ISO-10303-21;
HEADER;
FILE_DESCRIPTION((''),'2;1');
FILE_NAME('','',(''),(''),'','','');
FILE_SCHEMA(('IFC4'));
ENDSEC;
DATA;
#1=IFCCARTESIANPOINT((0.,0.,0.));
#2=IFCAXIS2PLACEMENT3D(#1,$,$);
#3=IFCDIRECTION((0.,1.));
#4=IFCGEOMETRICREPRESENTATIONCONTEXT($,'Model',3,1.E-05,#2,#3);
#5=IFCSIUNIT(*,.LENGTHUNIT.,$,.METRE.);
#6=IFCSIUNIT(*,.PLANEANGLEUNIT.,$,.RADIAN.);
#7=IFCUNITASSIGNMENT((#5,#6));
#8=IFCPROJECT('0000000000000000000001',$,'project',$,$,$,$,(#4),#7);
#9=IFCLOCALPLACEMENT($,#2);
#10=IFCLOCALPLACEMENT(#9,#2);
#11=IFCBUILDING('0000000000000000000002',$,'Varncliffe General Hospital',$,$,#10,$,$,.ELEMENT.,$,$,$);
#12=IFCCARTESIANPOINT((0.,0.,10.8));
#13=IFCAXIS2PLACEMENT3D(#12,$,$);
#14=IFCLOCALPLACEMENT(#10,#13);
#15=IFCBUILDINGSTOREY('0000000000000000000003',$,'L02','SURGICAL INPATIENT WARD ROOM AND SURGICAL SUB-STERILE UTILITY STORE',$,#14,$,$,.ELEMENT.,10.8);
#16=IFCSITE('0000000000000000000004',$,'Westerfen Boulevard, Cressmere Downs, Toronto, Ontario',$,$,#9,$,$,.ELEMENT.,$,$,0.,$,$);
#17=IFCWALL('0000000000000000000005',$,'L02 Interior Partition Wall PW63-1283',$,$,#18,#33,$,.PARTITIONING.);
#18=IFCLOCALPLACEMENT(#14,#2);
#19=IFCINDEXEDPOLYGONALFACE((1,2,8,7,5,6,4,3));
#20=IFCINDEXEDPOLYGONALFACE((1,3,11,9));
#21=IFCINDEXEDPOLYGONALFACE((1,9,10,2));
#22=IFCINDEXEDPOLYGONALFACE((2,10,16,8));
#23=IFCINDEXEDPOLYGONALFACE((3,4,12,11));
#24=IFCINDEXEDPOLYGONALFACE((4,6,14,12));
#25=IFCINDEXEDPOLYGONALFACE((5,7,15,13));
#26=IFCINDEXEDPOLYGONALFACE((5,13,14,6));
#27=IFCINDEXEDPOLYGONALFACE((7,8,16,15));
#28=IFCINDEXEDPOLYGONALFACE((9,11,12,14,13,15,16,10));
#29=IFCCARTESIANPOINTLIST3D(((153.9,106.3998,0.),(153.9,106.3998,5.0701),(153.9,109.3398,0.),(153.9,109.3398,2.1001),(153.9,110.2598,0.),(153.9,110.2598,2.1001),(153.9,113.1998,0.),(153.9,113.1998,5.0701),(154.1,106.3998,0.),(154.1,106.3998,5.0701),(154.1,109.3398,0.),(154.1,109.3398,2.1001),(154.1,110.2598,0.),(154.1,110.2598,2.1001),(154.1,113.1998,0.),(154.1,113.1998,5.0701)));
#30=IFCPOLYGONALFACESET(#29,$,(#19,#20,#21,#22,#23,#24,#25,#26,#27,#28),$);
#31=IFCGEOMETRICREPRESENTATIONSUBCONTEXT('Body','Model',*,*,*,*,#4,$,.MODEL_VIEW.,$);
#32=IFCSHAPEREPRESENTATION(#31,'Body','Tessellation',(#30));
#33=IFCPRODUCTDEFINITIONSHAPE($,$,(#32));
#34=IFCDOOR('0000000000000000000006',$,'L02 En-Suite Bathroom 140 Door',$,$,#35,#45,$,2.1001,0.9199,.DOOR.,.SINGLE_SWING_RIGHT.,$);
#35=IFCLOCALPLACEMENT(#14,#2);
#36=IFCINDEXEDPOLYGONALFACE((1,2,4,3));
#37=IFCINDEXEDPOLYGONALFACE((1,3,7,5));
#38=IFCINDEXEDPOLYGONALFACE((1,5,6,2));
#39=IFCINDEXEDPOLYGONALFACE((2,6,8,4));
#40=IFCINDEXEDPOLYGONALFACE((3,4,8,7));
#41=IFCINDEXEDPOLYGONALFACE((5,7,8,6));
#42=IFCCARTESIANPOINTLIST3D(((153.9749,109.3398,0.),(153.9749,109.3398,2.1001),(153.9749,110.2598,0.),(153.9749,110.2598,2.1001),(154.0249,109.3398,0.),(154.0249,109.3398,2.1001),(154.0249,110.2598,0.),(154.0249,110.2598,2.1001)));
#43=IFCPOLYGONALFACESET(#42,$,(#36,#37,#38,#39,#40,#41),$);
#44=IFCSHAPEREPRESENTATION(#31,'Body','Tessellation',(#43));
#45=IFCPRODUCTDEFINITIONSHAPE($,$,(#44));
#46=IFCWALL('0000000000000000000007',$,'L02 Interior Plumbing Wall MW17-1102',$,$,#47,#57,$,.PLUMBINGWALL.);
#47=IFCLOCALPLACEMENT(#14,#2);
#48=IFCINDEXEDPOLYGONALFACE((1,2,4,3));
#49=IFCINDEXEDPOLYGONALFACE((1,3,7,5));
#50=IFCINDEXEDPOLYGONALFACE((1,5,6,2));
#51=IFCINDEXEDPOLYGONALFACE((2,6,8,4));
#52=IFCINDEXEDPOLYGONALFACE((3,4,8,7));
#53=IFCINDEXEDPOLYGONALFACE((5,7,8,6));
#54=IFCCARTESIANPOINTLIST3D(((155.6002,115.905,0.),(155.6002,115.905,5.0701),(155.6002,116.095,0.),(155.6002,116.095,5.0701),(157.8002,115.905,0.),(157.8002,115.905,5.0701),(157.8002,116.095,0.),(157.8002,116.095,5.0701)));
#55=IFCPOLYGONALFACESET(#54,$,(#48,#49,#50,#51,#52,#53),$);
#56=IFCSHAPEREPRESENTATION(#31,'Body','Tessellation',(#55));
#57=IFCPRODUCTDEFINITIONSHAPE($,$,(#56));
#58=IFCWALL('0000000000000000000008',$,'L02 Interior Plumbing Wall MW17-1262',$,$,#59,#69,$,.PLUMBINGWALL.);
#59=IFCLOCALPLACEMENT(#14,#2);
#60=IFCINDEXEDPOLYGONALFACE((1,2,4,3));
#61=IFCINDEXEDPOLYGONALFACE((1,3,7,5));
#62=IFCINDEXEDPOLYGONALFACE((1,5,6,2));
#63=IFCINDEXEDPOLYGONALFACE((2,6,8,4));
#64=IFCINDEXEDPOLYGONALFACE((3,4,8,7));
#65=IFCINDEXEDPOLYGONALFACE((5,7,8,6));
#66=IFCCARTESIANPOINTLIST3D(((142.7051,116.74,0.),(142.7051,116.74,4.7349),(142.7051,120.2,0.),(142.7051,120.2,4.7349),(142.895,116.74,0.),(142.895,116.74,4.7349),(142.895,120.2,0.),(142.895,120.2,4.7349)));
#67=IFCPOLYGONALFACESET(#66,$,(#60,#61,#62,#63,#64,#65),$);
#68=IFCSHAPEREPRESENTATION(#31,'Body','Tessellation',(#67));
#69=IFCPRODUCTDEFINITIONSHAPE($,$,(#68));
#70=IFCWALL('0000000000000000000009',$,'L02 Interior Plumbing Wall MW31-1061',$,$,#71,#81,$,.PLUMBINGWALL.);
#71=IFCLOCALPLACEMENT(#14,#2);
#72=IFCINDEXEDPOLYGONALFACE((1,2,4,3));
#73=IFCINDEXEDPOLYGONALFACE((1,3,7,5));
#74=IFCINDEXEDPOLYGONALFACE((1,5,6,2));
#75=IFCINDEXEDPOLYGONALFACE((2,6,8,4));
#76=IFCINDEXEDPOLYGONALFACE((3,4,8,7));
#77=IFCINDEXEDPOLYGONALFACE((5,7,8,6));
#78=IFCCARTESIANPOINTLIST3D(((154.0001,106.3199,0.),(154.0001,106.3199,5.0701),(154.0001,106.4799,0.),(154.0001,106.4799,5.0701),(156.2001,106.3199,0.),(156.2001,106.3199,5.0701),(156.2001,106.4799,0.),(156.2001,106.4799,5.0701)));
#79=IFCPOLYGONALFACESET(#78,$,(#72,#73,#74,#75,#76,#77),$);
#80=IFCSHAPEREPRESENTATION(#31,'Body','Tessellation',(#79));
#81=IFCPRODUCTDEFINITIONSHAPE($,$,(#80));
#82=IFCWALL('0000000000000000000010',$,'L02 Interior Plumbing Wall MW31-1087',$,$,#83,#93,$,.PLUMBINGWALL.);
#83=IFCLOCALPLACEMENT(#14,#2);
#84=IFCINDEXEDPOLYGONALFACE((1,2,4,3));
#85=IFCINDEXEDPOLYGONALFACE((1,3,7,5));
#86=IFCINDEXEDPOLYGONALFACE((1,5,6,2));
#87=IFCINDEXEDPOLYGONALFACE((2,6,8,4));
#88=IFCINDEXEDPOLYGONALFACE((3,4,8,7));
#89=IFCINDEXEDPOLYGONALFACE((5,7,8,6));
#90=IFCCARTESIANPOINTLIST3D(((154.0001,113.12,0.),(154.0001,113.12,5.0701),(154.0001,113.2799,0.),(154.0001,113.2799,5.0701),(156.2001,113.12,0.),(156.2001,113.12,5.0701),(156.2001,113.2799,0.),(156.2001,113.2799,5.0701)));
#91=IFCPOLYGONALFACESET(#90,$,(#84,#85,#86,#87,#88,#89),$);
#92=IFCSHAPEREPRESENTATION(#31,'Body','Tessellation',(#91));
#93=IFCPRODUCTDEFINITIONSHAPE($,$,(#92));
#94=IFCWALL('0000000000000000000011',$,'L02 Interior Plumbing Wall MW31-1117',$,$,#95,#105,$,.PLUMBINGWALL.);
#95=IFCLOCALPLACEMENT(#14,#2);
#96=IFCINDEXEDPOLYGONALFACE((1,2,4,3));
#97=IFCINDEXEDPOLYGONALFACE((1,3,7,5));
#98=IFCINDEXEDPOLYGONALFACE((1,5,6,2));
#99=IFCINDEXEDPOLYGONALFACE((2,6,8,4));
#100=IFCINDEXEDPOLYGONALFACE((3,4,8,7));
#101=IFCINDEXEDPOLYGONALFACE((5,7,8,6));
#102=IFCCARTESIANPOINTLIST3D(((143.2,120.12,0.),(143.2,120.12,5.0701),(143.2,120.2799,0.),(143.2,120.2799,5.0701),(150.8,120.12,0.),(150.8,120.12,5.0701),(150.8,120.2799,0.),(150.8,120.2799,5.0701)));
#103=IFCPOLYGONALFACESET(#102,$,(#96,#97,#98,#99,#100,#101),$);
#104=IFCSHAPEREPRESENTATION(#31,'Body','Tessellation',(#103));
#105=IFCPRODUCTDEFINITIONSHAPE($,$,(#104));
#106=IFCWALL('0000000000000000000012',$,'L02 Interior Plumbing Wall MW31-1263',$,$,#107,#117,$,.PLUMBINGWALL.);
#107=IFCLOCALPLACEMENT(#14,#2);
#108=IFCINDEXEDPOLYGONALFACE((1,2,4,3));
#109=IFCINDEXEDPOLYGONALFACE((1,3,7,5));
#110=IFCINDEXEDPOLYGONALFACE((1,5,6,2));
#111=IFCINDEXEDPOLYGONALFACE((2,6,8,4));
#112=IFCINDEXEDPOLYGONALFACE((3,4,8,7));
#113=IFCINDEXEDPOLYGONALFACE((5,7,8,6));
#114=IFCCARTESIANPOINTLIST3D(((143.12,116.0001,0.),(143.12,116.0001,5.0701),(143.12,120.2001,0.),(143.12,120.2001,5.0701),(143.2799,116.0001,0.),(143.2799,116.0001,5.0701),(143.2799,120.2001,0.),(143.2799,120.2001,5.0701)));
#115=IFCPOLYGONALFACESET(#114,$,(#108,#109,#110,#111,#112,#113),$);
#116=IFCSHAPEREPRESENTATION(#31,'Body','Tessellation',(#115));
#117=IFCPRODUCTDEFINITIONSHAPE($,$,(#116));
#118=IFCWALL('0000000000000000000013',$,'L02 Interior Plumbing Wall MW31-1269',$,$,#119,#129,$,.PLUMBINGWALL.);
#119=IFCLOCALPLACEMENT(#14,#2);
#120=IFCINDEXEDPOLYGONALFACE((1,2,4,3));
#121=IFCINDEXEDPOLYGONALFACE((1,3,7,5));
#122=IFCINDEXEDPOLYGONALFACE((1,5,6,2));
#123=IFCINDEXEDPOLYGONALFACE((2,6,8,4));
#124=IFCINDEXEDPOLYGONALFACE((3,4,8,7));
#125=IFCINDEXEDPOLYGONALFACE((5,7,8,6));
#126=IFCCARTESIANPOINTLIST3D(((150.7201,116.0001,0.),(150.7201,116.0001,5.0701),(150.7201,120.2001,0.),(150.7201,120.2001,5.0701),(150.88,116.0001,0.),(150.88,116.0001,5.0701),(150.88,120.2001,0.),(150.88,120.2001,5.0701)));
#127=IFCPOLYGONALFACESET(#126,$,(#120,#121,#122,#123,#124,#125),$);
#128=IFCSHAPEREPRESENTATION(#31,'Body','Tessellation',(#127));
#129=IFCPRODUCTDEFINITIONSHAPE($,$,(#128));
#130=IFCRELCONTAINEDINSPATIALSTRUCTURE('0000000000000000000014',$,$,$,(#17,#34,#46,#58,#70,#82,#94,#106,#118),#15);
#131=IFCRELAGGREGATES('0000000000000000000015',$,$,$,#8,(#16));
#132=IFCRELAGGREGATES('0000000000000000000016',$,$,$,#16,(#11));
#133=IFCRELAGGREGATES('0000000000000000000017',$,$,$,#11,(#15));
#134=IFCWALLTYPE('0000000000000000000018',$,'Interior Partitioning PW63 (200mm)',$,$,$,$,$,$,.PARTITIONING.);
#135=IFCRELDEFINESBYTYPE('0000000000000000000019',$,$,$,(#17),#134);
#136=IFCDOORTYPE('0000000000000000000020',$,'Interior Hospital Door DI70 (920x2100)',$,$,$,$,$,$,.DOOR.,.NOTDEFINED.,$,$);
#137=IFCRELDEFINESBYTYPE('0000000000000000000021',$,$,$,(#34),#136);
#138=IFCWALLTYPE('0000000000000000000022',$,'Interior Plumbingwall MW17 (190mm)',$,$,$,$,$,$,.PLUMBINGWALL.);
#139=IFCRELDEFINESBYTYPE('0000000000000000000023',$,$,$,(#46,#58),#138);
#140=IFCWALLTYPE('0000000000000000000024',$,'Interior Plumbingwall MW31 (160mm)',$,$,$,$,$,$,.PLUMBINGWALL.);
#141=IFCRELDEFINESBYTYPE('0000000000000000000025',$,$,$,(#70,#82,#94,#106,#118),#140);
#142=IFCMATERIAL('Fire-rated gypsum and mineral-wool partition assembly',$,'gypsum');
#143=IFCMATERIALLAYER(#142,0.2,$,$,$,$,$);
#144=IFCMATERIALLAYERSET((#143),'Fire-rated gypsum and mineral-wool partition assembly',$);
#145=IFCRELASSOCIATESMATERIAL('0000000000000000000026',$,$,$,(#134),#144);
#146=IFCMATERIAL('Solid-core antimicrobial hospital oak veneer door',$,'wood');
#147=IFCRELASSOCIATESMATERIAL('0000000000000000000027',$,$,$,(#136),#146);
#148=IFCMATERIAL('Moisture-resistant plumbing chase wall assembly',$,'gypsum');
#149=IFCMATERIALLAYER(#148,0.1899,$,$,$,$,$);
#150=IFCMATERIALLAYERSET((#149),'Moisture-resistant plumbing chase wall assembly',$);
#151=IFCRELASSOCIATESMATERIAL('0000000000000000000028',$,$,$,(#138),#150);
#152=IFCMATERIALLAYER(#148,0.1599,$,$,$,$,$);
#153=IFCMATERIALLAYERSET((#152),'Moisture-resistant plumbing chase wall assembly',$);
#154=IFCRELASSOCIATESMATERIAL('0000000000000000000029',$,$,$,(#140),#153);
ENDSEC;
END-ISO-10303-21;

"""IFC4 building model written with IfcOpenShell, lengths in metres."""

from ifc_helpers import new_model, si_unit, direction, frame, frame_2d, origin, place, context, subcontext, project, spatial, rectangle, extrude, material, layer, layer_set, type_object, element, fill, save


model = new_model("IFC4")

# Units and contexts
model_context = context("Model", 3, precision=1e-05, world=origin(), true_north=direction((0.0, 1.0)))
body_context = subcontext(model_context, "Body", "Model", "MODEL_VIEW")
ifc_project = project(units=[si_unit("LENGTHUNIT", "METRE"), si_unit("PLANEANGLEUNIT", "RADIAN")], contexts=[model_context])

# Site, building, storey
site_placement = place(None, origin())
site = spatial("IfcSite", under=ifc_project, at=site_placement, Name="Westerfen Boulevard, Cressmere Downs, Toronto, Ontario", CompositionType="ELEMENT", RefElevation=0.0)
building_placement = place(site_placement, origin())
building = spatial("IfcBuilding", under=site, at=building_placement, Name="Varncliffe General Hospital", CompositionType="ELEMENT")
storey_placement = place(building_placement, frame((0.0, 0.0, 10.8)))
storey = spatial("IfcBuildingStorey", under=building, at=storey_placement, Name="L02", Description="SURGICAL INPATIENT WARD ROOM AND SURGICAL SUB-STERILE UTILITY STORE", CompositionType="ELEMENT", Elevation=10.8)

# Shared definitions
ifc_material_1 = material(Name="Fire-rated gypsum and mineral-wool partition assembly", Category="gypsum")

# Wall, opening, door
ifc_layer_1 = layer(ifc_material_1, 0.2)
ifc_layer_set_1 = layer_set([ifc_layer_1], Name="Fire-rated gypsum and mineral-wool partition assembly")
wall_type_1 = type_object("IfcWallType", Name="Interior Partitioning PW63 (200mm)", PredefinedType="PARTITIONING", material=ifc_layer_set_1)
ifc_material_2 = material(Name="Solid-core antimicrobial hospital oak veneer door", Category="wood")
wall_1_placement = place(storey_placement, frame((154.0, 106.3999, 0.0), z_axis=(0.0, 0.0, 1.0), x_axis=(0.0, 1.0, 0.0)))
wall_1 = element("IfcWall", 1, at=wall_1_placement, inside=storey, type_object=wall_type_1, Name="L02 Interior Partition Wall PW63-1283", PredefinedType="PARTITIONING", context=body_context, shape_type="SweptSolid", body=[
    extrude(rectangle(XDim=6.8, YDim=0.2, at=frame_2d((3.3999, 0.0))), origin(), (0.0, 0.0, 1.0), 5.0701),
])
opening_1_placement = place(wall_1_placement, frame((2.9399, 0.0, 0.0)))
opening_1 = element("IfcOpeningElement", 2, at=opening_1_placement, cuts=wall_1, PredefinedType="OPENING", context=body_context, shape_type="SweptSolid", body=[
    extrude(rectangle(XDim=0.9199, YDim=2.1001, at=frame_2d((0.46, 1.05))), frame((0.0, 0.1099, 0.0), z_axis=(0.0, -1.0, 0.0), x_axis=(1.0, 0.0, 0.0)), (0.0, 0.0, 1.0), 0.22),
])
door_type_1 = type_object("IfcDoorType", Name="Interior Hospital Door DI70 (920x2100)", OperationType="NOTDEFINED", PredefinedType="DOOR", material=ifc_material_2)
door_1_placement = place(opening_1_placement, frame((0.9199, 0.0, 0.0), z_axis=(0.0, 0.0, 1.0), x_axis=(-1.0, 0.0, 0.0)))
door_1 = element("IfcDoor", 3, at=door_1_placement, inside=storey, type_object=door_type_1, Name="L02 En-Suite Bathroom 140 Door", OperationType="SINGLE_SWING_RIGHT", OverallHeight=2.1001, OverallWidth=0.9199, PredefinedType="DOOR", context=body_context, shape_type="SweptSolid", body=[
    extrude(rectangle(XDim=0.9199, YDim=2.1001, at=frame_2d((0.46, 1.05))), frame((0.0, 0.0249, 0.0), z_axis=(0.0, -1.0, 0.0), x_axis=(1.0, 0.0, 0.0)), (0.0, 0.0, 1.0), 0.05),
])
fill(opening_1, door_1)

# Walls
ifc_material_3 = material(Name="Moisture-resistant plumbing chase wall assembly", Category="gypsum")
ifc_layer_2 = layer(ifc_material_3, 0.1899)
ifc_layer_set_2 = layer_set([ifc_layer_2], Name="Moisture-resistant plumbing chase wall assembly")
wall_type_2 = type_object("IfcWallType", Name="Interior Plumbingwall MW17 (190mm)", PredefinedType="PLUMBINGWALL", material=ifc_layer_set_2)
wall_2_placement = place(storey_placement, frame((155.6001, 116.0, 0.0), z_axis=(0.0, 0.0, 1.0), x_axis=(1.0, 0.0, 0.0)))
element("IfcWall", 4, at=wall_2_placement, inside=storey, type_object=wall_type_2, Name="L02 Interior Plumbing Wall MW17-1102", PredefinedType="PLUMBINGWALL", context=body_context, shape_type="SweptSolid", body=[
    extrude(rectangle(XDim=2.2, YDim=0.1899, at=frame_2d((1.1001, 0.0))), origin(), (0.0, 0.0, 1.0), 5.0701),
])
wall_3_placement = place(storey_placement, frame((142.8, 116.74, 0.0), z_axis=(0.0, 0.0, 1.0), x_axis=(0.0, 1.0, 0.0)))
element("IfcWall", 5, at=wall_3_placement, inside=storey, type_object=wall_type_2, Name="L02 Interior Plumbing Wall MW17-1262", PredefinedType="PLUMBINGWALL", context=body_context, shape_type="SweptSolid", body=[
    extrude(rectangle(XDim=3.46, YDim=0.1899, at=frame_2d((1.73, 0.0))), origin(), (0.0, 0.0, 1.0), 4.7349),
])
ifc_layer_3 = layer(ifc_material_3, 0.1599)
ifc_layer_set_3 = layer_set([ifc_layer_3], Name="Moisture-resistant plumbing chase wall assembly")
wall_type_3 = type_object("IfcWallType", Name="Interior Plumbingwall MW31 (160mm)", PredefinedType="PLUMBINGWALL", material=ifc_layer_set_3)
for number, where, z_axis, x_axis, name in (
    (6, (154.0, 106.3999, 0.0), (0.0, 0.0, 1.0), (1.0, 0.0, 0.0), "L02 Interior Plumbing Wall MW31-1061"),
    (7, (154.0, 113.2, 0.0), (0.0, 0.0, 1.0), (1.0, 0.0, 0.0), "L02 Interior Plumbing Wall MW31-1087"),
):
    element("IfcWall", number, at=place(storey_placement, frame(where, z_axis=z_axis, x_axis=x_axis)), inside=storey, type_object=wall_type_3, Name=name, PredefinedType="PLUMBINGWALL", context=body_context, shape_type="SweptSolid", body=[
        extrude(rectangle(XDim=2.2, YDim=0.1599, at=frame_2d((1.1001, 0.0))), origin(), (0.0, 0.0, 1.0), 5.0701),
    ])
wall_4_placement = place(storey_placement, frame((143.2, 120.2, 0.0), z_axis=(0.0, 0.0, 1.0), x_axis=(1.0, 0.0, 0.0)))
element("IfcWall", 8, at=wall_4_placement, inside=storey, type_object=wall_type_3, Name="L02 Interior Plumbing Wall MW31-1117", PredefinedType="PLUMBINGWALL", context=body_context, shape_type="SweptSolid", body=[
    extrude(rectangle(XDim=7.6001, YDim=0.1599, at=frame_2d((3.8, 0.0))), origin(), (0.0, 0.0, 1.0), 5.0701),
])
for number, where, z_axis, x_axis, name in (
    (9, (143.2, 116.0, 0.0), (0.0, 0.0, 1.0), (0.0, 1.0, 0.0), "L02 Interior Plumbing Wall MW31-1263"),
    (10, (150.8, 116.0, 0.0), (0.0, 0.0, 1.0), (0.0, 1.0, 0.0), "L02 Interior Plumbing Wall MW31-1269"),
):
    element("IfcWall", number, at=place(storey_placement, frame(where, z_axis=z_axis, x_axis=x_axis)), inside=storey, type_object=wall_type_3, Name=name, PredefinedType="PLUMBINGWALL", context=body_context, shape_type="SweptSolid", body=[
        extrude(rectangle(XDim=4.2, YDim=0.1599, at=frame_2d((2.1001, 0.0))), origin(), (0.0, 0.0, 1.0), 5.0701),
    ])

save(model, "model.ifc")
